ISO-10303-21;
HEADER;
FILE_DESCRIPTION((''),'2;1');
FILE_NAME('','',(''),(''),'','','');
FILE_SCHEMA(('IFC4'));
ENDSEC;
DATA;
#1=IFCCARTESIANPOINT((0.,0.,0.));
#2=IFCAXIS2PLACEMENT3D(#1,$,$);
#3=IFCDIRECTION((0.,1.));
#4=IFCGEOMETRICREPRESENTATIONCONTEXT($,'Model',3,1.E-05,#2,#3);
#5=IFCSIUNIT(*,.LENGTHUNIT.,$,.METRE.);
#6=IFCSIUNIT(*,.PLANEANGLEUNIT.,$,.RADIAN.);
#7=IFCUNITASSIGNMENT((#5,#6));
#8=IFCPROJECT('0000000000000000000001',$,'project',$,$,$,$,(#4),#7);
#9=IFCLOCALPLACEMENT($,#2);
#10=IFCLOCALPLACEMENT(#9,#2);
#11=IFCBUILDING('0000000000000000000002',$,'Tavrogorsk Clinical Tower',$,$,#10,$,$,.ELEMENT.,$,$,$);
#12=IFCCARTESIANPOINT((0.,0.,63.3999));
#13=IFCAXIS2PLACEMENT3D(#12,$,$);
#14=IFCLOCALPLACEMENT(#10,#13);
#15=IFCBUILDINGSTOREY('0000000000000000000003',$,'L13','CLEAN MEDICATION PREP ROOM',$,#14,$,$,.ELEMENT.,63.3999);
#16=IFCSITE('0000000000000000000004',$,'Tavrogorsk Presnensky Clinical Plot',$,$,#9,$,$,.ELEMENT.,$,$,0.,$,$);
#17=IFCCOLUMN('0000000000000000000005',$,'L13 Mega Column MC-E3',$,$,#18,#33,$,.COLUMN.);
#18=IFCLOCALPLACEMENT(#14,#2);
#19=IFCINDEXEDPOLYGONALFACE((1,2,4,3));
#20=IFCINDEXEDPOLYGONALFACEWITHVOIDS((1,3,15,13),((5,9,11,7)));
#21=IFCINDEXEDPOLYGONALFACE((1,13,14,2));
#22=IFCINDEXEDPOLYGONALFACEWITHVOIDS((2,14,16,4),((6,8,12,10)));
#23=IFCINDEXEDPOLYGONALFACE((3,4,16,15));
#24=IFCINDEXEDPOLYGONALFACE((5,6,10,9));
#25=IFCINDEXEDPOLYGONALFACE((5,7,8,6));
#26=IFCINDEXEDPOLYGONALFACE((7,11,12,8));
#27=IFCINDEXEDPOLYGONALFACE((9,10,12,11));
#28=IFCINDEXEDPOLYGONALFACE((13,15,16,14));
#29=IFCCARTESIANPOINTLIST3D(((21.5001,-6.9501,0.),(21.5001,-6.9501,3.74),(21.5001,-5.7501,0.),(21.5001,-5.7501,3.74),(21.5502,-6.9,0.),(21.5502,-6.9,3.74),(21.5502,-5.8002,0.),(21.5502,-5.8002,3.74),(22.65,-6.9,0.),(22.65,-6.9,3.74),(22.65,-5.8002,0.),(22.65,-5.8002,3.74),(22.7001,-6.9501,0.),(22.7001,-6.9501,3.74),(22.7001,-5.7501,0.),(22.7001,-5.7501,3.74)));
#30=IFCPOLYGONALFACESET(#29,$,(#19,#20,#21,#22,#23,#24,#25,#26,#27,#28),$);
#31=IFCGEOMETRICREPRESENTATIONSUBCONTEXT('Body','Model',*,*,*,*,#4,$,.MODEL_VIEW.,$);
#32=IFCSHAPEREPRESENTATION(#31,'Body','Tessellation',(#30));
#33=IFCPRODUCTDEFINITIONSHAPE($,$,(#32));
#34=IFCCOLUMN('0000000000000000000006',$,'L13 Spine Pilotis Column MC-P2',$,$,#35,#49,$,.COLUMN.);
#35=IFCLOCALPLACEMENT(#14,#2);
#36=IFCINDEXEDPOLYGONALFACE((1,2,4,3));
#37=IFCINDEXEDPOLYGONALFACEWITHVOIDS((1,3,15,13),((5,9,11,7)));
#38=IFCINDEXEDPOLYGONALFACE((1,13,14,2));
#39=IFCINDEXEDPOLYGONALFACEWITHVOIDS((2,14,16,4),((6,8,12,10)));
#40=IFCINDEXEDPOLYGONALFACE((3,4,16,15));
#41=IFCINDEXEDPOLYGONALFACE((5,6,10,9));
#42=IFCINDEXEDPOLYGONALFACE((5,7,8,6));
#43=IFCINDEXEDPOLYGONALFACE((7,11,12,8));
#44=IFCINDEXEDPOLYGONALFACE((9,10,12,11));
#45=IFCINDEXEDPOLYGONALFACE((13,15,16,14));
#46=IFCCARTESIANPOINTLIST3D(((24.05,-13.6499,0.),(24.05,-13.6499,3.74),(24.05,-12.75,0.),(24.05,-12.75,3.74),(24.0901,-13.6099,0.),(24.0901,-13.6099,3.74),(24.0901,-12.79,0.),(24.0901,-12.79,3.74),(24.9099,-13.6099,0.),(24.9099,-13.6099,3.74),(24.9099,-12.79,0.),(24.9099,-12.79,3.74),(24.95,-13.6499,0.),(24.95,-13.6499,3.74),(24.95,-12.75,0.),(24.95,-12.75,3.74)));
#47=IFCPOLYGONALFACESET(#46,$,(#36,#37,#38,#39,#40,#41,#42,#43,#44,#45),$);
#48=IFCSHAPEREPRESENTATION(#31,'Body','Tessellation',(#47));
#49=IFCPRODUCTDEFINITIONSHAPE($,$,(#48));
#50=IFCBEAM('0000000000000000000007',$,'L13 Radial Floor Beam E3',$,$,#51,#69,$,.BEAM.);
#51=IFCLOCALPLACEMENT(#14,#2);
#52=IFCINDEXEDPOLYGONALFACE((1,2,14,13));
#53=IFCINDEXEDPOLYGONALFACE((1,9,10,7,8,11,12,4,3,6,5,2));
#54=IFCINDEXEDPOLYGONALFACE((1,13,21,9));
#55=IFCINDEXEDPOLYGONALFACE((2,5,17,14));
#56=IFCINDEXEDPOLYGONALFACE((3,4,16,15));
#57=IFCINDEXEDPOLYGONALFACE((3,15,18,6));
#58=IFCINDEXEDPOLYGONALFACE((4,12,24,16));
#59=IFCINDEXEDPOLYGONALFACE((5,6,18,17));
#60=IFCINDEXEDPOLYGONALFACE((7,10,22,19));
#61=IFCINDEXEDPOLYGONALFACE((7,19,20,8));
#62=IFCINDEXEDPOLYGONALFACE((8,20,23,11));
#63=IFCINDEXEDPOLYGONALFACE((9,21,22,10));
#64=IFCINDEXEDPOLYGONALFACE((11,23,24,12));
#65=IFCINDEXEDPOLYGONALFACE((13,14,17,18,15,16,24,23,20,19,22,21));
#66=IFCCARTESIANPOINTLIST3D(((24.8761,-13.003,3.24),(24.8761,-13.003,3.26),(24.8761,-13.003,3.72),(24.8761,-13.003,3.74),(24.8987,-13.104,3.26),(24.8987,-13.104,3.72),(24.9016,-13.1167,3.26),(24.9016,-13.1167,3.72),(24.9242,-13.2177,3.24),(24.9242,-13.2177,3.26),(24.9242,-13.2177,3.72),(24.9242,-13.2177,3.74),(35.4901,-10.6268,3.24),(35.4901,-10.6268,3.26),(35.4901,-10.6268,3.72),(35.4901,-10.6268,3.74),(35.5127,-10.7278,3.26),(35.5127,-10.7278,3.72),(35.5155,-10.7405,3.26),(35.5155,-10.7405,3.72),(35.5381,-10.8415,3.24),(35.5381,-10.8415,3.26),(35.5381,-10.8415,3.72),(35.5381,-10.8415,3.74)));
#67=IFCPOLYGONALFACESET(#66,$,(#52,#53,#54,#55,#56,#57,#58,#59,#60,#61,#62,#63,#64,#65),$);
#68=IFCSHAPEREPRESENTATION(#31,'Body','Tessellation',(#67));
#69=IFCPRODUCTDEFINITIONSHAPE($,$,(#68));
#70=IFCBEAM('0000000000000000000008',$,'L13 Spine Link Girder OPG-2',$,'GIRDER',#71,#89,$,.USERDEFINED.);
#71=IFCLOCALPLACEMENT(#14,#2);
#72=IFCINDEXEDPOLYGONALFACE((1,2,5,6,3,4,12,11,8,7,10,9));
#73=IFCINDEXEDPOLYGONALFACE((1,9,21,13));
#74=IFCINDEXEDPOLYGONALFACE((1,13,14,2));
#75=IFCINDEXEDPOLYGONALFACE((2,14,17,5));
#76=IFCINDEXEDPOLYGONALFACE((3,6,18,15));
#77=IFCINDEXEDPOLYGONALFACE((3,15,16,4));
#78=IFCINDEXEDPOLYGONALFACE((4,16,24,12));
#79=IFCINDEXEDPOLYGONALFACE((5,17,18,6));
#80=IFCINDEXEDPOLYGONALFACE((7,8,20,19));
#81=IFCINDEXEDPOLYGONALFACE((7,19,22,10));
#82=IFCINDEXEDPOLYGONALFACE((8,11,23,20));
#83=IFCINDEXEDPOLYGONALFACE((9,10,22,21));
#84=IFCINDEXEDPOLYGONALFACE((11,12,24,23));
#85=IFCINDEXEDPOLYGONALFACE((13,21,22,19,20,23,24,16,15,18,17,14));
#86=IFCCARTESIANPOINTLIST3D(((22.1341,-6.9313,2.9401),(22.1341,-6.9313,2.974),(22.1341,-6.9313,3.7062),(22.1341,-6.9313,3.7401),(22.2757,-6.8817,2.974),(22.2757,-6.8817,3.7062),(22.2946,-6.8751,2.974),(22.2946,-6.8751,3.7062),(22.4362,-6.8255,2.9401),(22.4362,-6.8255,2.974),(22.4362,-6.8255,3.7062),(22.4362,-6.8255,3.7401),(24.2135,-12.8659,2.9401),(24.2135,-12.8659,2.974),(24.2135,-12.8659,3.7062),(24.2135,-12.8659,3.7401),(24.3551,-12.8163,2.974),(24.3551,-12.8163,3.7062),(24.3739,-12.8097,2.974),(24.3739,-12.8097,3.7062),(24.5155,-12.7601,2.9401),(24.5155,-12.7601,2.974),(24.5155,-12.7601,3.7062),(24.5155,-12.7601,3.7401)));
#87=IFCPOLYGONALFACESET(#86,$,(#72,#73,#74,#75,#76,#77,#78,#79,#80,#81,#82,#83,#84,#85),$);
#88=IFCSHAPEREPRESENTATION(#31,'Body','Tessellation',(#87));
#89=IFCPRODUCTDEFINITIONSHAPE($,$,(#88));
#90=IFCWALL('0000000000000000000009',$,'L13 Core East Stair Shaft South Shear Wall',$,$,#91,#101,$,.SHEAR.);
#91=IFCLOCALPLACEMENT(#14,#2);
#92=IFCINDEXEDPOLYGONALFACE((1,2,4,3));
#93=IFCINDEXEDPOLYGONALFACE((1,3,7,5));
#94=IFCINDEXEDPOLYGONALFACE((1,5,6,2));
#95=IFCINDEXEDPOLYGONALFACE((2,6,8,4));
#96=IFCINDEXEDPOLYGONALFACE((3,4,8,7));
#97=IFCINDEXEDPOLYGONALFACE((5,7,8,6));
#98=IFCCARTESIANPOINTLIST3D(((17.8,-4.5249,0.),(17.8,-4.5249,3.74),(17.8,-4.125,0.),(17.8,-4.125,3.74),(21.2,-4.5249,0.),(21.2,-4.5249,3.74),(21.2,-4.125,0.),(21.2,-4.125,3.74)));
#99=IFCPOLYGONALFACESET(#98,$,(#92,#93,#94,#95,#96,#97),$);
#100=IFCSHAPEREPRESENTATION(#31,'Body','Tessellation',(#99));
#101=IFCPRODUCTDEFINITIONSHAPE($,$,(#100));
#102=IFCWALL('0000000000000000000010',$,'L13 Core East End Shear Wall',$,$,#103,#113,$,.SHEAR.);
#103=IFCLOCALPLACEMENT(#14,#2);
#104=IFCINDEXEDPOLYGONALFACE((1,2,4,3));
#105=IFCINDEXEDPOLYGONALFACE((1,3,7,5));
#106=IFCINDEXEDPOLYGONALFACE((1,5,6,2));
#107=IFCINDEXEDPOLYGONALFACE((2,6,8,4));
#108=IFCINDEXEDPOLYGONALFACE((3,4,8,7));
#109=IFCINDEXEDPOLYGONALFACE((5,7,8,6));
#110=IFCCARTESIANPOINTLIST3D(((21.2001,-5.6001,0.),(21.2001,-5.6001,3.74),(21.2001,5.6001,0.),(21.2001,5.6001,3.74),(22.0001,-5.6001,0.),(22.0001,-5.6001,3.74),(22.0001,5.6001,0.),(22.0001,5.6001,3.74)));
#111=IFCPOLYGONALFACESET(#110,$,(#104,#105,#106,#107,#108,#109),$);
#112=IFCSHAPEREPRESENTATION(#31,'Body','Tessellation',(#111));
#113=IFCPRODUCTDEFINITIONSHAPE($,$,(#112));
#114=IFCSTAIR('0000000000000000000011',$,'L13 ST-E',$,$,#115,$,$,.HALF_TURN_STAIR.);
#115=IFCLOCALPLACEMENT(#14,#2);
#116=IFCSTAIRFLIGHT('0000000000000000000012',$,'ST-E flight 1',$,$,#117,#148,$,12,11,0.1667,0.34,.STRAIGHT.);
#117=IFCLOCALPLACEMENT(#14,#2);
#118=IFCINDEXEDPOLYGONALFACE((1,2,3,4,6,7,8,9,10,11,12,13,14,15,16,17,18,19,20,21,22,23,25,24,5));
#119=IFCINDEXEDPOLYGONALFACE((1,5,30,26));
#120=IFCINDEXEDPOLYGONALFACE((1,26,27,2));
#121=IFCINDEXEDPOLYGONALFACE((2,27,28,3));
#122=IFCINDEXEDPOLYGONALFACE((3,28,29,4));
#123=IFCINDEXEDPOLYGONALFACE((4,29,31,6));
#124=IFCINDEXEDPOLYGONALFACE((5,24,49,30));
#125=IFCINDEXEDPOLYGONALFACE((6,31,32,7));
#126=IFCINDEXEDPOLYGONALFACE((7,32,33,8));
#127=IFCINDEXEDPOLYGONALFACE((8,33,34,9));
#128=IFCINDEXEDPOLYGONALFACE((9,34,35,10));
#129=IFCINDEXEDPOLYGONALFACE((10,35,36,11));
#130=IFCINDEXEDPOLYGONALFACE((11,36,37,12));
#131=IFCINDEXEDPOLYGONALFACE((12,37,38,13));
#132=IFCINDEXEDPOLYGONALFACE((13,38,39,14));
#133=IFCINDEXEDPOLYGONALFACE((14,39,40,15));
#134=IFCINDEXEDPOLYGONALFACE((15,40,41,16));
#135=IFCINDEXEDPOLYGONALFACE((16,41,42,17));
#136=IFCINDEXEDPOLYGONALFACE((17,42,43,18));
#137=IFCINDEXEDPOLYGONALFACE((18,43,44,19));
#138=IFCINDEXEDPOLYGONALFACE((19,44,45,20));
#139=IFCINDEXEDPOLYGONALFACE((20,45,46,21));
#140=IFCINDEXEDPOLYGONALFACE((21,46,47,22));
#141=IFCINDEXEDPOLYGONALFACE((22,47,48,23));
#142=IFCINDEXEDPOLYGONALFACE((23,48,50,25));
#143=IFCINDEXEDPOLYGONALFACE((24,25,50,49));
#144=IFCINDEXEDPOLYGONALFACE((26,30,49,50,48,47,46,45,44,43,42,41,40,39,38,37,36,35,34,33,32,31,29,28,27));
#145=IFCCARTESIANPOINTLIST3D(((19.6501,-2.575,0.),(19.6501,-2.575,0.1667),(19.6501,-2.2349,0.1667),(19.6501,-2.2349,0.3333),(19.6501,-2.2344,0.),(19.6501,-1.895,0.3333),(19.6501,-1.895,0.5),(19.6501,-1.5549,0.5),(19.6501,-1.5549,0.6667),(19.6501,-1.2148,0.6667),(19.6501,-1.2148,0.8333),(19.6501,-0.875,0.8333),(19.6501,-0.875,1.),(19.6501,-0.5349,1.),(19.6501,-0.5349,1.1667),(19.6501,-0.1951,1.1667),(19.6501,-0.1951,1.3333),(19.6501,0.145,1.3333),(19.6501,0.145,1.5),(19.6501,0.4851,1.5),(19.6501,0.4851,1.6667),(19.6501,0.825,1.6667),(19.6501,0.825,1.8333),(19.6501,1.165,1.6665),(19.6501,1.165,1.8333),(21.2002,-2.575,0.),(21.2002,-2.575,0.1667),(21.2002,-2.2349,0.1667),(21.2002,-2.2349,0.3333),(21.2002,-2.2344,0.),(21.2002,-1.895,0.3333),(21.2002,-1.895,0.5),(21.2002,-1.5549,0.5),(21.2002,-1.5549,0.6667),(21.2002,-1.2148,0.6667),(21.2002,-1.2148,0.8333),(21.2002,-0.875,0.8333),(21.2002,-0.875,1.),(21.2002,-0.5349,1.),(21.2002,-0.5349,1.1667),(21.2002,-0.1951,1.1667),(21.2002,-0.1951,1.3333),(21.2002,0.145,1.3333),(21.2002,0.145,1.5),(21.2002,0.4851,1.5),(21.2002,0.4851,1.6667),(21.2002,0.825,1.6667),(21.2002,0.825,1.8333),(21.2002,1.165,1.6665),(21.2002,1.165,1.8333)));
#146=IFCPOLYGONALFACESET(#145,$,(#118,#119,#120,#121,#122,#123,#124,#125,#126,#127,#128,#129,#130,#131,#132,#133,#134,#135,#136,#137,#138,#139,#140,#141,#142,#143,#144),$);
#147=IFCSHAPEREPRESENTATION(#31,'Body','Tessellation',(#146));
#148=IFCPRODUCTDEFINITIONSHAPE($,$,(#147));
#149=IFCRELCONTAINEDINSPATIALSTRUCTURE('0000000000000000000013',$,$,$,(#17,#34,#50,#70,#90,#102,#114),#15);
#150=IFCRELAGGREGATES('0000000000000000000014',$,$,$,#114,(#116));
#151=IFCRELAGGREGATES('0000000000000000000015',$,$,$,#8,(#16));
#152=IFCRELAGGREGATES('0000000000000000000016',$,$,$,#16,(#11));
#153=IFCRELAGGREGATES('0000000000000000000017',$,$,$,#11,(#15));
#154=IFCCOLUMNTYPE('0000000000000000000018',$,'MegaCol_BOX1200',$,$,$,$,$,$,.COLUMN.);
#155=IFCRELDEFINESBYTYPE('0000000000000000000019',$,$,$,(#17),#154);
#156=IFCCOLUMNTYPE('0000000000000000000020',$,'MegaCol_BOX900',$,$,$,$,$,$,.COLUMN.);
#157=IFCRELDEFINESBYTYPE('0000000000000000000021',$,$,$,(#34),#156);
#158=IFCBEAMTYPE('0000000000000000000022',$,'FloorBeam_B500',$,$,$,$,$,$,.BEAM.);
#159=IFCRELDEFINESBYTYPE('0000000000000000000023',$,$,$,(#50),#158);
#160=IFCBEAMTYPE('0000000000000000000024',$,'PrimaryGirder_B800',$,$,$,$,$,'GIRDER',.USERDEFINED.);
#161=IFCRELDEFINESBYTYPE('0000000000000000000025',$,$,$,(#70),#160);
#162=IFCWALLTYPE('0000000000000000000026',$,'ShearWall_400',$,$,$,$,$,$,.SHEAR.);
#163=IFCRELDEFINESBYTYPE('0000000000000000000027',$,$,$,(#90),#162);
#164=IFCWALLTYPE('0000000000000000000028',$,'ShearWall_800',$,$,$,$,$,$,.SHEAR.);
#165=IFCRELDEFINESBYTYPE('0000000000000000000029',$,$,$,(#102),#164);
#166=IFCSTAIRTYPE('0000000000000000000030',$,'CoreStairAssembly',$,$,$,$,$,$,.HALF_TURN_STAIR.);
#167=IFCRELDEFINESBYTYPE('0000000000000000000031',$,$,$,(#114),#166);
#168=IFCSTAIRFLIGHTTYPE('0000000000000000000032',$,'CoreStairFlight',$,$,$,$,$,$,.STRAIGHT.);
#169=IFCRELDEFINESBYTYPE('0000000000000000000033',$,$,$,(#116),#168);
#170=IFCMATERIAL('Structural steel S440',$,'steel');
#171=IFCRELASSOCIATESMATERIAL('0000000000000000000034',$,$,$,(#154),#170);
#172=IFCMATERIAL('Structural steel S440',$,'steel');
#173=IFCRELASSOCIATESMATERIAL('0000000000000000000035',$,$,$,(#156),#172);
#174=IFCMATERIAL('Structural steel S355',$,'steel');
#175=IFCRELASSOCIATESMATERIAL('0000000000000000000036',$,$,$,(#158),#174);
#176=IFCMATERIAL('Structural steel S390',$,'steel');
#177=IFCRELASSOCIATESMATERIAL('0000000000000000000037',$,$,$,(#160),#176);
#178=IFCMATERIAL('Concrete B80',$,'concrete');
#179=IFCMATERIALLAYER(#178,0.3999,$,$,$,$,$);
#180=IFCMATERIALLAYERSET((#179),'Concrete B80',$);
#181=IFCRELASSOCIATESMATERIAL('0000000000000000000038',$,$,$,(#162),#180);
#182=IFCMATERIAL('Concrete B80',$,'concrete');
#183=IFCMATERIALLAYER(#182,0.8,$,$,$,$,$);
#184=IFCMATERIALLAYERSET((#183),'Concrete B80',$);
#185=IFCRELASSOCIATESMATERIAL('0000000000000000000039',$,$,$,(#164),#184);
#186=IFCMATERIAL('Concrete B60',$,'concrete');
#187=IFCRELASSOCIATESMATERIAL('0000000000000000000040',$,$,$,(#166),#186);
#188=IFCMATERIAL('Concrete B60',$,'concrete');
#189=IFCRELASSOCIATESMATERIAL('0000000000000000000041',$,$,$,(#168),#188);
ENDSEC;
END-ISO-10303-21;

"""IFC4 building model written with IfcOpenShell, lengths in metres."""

from ifc_helpers import new_model, si_unit, direction, frame, frame_2d, origin, origin_2d, place, context, subcontext, project, spatial, polyline, rectangle, hollow_rectangle, i_section, outline, extrude, material, layer, layer_set, material_profile, profile_set, type_object, element, aggregate, save


model = new_model("IFC4")

# Units and contexts
model_context = context("Model", 3, precision=1e-05, world=origin(), true_north=direction((0.0, 1.0)))
body_context = subcontext(model_context, "Body", "Model", "MODEL_VIEW")
ifc_project = project(units=[si_unit("LENGTHUNIT", "METRE"), si_unit("PLANEANGLEUNIT", "RADIAN")], contexts=[model_context])

# Site, building, storey
site_placement = place(None, origin())
site = spatial("IfcSite", under=ifc_project, at=site_placement, Name="Tavrogorsk Presnensky Clinical Plot", CompositionType="ELEMENT", RefElevation=0.0)
building_placement = place(site_placement, origin())
building = spatial("IfcBuilding", under=site, at=building_placement, Name="Tavrogorsk Clinical Tower", CompositionType="ELEMENT")
storey_placement = place(building_placement, frame((0.0, 0.0, 63.3999)))
storey = spatial("IfcBuildingStorey", under=building, at=storey_placement, Name="L13", Description="CLEAN MEDICATION PREP ROOM", CompositionType="ELEMENT", Elevation=63.3999)

# Columns
ifc_material_1 = material(Name="Structural steel S440", Category="steel")
ifc_material_profile_1 = material_profile(ifc_material_1, hollow_rectangle(XDim=1.2, YDim=1.2, WallThickness=0.05, at=origin_2d()), Name="BOX-1200x1200x50")
ifc_profile_set_1 = profile_set([ifc_material_profile_1], Name="Structural steel S440")
column_type_1 = type_object("IfcColumnType", Name="MegaCol_BOX1200", PredefinedType="COLUMN", material=ifc_profile_set_1)
column_1_placement = place(storey_placement, frame((22.1001, -6.3501, 0.0), z_axis=(0.0, 0.0, 1.0), x_axis=(1.0, 0.0, 0.0)))
element("IfcColumn", 1, at=column_1_placement, inside=storey, type_object=column_type_1, Name="L13 Mega Column MC-E3", PredefinedType="COLUMN", context=body_context, shape_type="SweptSolid", body=[
    extrude(hollow_rectangle(XDim=1.2, YDim=1.2, WallThickness=0.05, at=origin_2d()), origin(), (0.0, 0.0, 1.0), 3.74),
])
ifc_material_2 = material(Name="Structural steel S440", Category="steel")
ifc_material_profile_2 = material_profile(ifc_material_2, hollow_rectangle(XDim=0.8999, YDim=0.8999, WallThickness=0.04, at=origin_2d()), Name="BOX-900x900x40")
ifc_profile_set_2 = profile_set([ifc_material_profile_2], Name="Structural steel S440")
column_type_2 = type_object("IfcColumnType", Name="MegaCol_BOX900", PredefinedType="COLUMN", material=ifc_profile_set_2)
column_2_placement = place(storey_placement, frame((24.5, -13.2, 0.0), z_axis=(0.0, 0.0, 1.0), x_axis=(1.0, 0.0, 0.0)))
element("IfcColumn", 2, at=column_2_placement, inside=storey, type_object=column_type_2, Name="L13 Spine Pilotis Column MC-P2", PredefinedType="COLUMN", context=body_context, shape_type="SweptSolid", body=[
    extrude(hollow_rectangle(XDim=0.8999, YDim=0.8999, WallThickness=0.04, at=origin_2d()), origin(), (0.0, 0.0, 1.0), 3.74),
])

# Beams
ifc_material_3 = material(Name="Structural steel S355", Category="steel")
ifc_material_profile_3 = material_profile(ifc_material_3, i_section(OverallWidth=0.22, OverallDepth=0.5, WebThickness=0.0129, FlangeThickness=0.02, at=origin_2d()), Name="B-500x220x13x20")
ifc_profile_set_3 = profile_set([ifc_material_profile_3], Name="Structural steel S355")
beam_type_1 = type_object("IfcBeamType", Name="FloorBeam_B500", PredefinedType="BEAM", material=ifc_profile_set_3)
beam_1_placement = place(storey_placement, frame((24.9001, -13.1104, 3.49), z_axis=(0.975844, 0.218468, 0.0), x_axis=(-0.218468, 0.975844, 0.0)))
element("IfcBeam", 3, at=beam_1_placement, inside=storey, type_object=beam_type_1, Name="L13 Radial Floor Beam E3", PredefinedType="BEAM", context=body_context, shape_type="SweptSolid", body=[
    extrude(i_section(OverallWidth=0.22, OverallDepth=0.5, WebThickness=0.0129, FlangeThickness=0.02, at=origin_2d()), origin(), (0.0, 0.0, 1.0), 10.8767),
])
ifc_material_4 = material(Name="Structural steel S390", Category="steel")
ifc_material_profile_4 = material_profile(ifc_material_4, i_section(OverallWidth=0.3201, OverallDepth=0.8, WebThickness=0.02, FlangeThickness=0.0339, at=origin_2d()), Name="B-800x320x20x34")
ifc_profile_set_4 = profile_set([ifc_material_profile_4], Name="Structural steel S390")
beam_type_2 = type_object("IfcBeamType", Name="PrimaryGirder_B800", ElementType="GIRDER", PredefinedType="USERDEFINED", material=ifc_profile_set_4)
beam_2_placement = place(storey_placement, frame((24.3645, -12.813, 3.3401), z_axis=(-0.330669, 0.943747, 0.0), x_axis=(-0.943747, -0.330669, 0.0)))
element("IfcBeam", 4, at=beam_2_placement, inside=storey, type_object=beam_type_2, Name="L13 Spine Link Girder OPG-2", ObjectType="GIRDER", PredefinedType="USERDEFINED", context=body_context, shape_type="SweptSolid", body=[
    extrude(i_section(OverallWidth=0.3201, OverallDepth=0.8, WebThickness=0.02, FlangeThickness=0.0339, at=origin_2d()), origin(), (0.0, 0.0, 1.0), 6.2883),
])

# Walls
ifc_material_5 = material(Name="Concrete B80", Category="concrete")
ifc_layer_1 = layer(ifc_material_5, 0.3999)
ifc_layer_set_1 = layer_set([ifc_layer_1], Name="Concrete B80")
wall_type_1 = type_object("IfcWallType", Name="ShearWall_400", PredefinedType="SHEAR", material=ifc_layer_set_1)
wall_1_placement = place(storey_placement, frame((17.8, -4.325, 0.0), z_axis=(0.0, 0.0, 1.0), x_axis=(1.0, 0.0, 0.0)))
element("IfcWall", 5, at=wall_1_placement, inside=storey, type_object=wall_type_1, Name="L13 Core East Stair Shaft South Shear Wall", PredefinedType="SHEAR", context=body_context, shape_type="SweptSolid", body=[
    extrude(rectangle(XDim=3.3999, YDim=0.3999, at=frame_2d((1.7, 0.0))), origin(), (0.0, 0.0, 1.0), 3.74),
])
ifc_material_6 = material(Name="Concrete B80", Category="concrete")
ifc_layer_2 = layer(ifc_material_6, 0.8)
ifc_layer_set_2 = layer_set([ifc_layer_2], Name="Concrete B80")
wall_type_2 = type_object("IfcWallType", Name="ShearWall_800", PredefinedType="SHEAR", material=ifc_layer_set_2)
wall_2_placement = place(storey_placement, frame((21.6001, -5.6001, 0.0), z_axis=(0.0, 0.0, 1.0), x_axis=(0.0, 1.0, 0.0)))
element("IfcWall", 6, at=wall_2_placement, inside=storey, type_object=wall_type_2, Name="L13 Core East End Shear Wall", PredefinedType="SHEAR", context=body_context, shape_type="SweptSolid", body=[
    extrude(rectangle(XDim=11.2002, YDim=0.8, at=frame_2d((5.6001, 0.0))), origin(), (0.0, 0.0, 1.0), 3.74),
])

# Stair, stair flight
ifc_material_7 = material(Name="Concrete B60", Category="concrete")
stair_type = type_object("IfcStairType", Name="CoreStairAssembly", PredefinedType="HALF_TURN_STAIR", material=ifc_material_7)
stair_placement = place(storey_placement, origin())
stair = element("IfcStair", 7, at=stair_placement, inside=storey, type_object=stair_type, Name="L13 ST-E", PredefinedType="HALF_TURN_STAIR")
ifc_material_8 = material(Name="Concrete B60", Category="concrete")
stair_flight_type = type_object("IfcStairFlightType", Name="CoreStairFlight", PredefinedType="STRAIGHT", material=ifc_material_8)
stair_flight_placement = place(storey_placement, frame((20.425, -2.575, 0.0), z_axis=(0.0, 0.0, 1.0), x_axis=(0.0, 1.0, 0.0)))
stair_flight = element("IfcStairFlight", 8, at=stair_flight_placement, type_object=stair_flight_type, Name="ST-E flight 1", NumberOfRisers=12, NumberOfTreads=11, PredefinedType="STRAIGHT", RiserHeight=0.1667, TreadLength=0.34, context=body_context, shape_type="SweptSolid", body=[
    extrude(outline(polyline([(0.0, 0.0), (0.0, 0.1667), (0.3401, 0.1667), (0.3401, 0.3333), (0.6799, 0.3333), (0.6799, 0.5), (1.02, 0.5), (1.02, 0.6667), (1.3601, 0.6667), (1.3601, 0.8333), (1.7, 0.8333), (1.7, 1.0), (2.04, 1.0), (2.04, 1.1667), (2.3799, 1.1667), (2.3799, 1.3333), (2.72, 1.3333), (2.72, 1.5), (3.0601, 1.5), (3.0601, 1.6667), (3.3999, 1.6667), (3.3999, 1.8333), (3.74, 1.8333), (3.74, 2.0), (3.74, 1.6665), (0.3406, 0.0), (0.0, 0.0)])), frame((0.0, 0.7749, 0.0), z_axis=(0.0, -1.0, 0.0), x_axis=(1.0, 0.0, 0.0)), (0.0, 0.0, 1.0), 1.55),
])
aggregate(stair, [stair_flight])

save(model, "model.ifc")
